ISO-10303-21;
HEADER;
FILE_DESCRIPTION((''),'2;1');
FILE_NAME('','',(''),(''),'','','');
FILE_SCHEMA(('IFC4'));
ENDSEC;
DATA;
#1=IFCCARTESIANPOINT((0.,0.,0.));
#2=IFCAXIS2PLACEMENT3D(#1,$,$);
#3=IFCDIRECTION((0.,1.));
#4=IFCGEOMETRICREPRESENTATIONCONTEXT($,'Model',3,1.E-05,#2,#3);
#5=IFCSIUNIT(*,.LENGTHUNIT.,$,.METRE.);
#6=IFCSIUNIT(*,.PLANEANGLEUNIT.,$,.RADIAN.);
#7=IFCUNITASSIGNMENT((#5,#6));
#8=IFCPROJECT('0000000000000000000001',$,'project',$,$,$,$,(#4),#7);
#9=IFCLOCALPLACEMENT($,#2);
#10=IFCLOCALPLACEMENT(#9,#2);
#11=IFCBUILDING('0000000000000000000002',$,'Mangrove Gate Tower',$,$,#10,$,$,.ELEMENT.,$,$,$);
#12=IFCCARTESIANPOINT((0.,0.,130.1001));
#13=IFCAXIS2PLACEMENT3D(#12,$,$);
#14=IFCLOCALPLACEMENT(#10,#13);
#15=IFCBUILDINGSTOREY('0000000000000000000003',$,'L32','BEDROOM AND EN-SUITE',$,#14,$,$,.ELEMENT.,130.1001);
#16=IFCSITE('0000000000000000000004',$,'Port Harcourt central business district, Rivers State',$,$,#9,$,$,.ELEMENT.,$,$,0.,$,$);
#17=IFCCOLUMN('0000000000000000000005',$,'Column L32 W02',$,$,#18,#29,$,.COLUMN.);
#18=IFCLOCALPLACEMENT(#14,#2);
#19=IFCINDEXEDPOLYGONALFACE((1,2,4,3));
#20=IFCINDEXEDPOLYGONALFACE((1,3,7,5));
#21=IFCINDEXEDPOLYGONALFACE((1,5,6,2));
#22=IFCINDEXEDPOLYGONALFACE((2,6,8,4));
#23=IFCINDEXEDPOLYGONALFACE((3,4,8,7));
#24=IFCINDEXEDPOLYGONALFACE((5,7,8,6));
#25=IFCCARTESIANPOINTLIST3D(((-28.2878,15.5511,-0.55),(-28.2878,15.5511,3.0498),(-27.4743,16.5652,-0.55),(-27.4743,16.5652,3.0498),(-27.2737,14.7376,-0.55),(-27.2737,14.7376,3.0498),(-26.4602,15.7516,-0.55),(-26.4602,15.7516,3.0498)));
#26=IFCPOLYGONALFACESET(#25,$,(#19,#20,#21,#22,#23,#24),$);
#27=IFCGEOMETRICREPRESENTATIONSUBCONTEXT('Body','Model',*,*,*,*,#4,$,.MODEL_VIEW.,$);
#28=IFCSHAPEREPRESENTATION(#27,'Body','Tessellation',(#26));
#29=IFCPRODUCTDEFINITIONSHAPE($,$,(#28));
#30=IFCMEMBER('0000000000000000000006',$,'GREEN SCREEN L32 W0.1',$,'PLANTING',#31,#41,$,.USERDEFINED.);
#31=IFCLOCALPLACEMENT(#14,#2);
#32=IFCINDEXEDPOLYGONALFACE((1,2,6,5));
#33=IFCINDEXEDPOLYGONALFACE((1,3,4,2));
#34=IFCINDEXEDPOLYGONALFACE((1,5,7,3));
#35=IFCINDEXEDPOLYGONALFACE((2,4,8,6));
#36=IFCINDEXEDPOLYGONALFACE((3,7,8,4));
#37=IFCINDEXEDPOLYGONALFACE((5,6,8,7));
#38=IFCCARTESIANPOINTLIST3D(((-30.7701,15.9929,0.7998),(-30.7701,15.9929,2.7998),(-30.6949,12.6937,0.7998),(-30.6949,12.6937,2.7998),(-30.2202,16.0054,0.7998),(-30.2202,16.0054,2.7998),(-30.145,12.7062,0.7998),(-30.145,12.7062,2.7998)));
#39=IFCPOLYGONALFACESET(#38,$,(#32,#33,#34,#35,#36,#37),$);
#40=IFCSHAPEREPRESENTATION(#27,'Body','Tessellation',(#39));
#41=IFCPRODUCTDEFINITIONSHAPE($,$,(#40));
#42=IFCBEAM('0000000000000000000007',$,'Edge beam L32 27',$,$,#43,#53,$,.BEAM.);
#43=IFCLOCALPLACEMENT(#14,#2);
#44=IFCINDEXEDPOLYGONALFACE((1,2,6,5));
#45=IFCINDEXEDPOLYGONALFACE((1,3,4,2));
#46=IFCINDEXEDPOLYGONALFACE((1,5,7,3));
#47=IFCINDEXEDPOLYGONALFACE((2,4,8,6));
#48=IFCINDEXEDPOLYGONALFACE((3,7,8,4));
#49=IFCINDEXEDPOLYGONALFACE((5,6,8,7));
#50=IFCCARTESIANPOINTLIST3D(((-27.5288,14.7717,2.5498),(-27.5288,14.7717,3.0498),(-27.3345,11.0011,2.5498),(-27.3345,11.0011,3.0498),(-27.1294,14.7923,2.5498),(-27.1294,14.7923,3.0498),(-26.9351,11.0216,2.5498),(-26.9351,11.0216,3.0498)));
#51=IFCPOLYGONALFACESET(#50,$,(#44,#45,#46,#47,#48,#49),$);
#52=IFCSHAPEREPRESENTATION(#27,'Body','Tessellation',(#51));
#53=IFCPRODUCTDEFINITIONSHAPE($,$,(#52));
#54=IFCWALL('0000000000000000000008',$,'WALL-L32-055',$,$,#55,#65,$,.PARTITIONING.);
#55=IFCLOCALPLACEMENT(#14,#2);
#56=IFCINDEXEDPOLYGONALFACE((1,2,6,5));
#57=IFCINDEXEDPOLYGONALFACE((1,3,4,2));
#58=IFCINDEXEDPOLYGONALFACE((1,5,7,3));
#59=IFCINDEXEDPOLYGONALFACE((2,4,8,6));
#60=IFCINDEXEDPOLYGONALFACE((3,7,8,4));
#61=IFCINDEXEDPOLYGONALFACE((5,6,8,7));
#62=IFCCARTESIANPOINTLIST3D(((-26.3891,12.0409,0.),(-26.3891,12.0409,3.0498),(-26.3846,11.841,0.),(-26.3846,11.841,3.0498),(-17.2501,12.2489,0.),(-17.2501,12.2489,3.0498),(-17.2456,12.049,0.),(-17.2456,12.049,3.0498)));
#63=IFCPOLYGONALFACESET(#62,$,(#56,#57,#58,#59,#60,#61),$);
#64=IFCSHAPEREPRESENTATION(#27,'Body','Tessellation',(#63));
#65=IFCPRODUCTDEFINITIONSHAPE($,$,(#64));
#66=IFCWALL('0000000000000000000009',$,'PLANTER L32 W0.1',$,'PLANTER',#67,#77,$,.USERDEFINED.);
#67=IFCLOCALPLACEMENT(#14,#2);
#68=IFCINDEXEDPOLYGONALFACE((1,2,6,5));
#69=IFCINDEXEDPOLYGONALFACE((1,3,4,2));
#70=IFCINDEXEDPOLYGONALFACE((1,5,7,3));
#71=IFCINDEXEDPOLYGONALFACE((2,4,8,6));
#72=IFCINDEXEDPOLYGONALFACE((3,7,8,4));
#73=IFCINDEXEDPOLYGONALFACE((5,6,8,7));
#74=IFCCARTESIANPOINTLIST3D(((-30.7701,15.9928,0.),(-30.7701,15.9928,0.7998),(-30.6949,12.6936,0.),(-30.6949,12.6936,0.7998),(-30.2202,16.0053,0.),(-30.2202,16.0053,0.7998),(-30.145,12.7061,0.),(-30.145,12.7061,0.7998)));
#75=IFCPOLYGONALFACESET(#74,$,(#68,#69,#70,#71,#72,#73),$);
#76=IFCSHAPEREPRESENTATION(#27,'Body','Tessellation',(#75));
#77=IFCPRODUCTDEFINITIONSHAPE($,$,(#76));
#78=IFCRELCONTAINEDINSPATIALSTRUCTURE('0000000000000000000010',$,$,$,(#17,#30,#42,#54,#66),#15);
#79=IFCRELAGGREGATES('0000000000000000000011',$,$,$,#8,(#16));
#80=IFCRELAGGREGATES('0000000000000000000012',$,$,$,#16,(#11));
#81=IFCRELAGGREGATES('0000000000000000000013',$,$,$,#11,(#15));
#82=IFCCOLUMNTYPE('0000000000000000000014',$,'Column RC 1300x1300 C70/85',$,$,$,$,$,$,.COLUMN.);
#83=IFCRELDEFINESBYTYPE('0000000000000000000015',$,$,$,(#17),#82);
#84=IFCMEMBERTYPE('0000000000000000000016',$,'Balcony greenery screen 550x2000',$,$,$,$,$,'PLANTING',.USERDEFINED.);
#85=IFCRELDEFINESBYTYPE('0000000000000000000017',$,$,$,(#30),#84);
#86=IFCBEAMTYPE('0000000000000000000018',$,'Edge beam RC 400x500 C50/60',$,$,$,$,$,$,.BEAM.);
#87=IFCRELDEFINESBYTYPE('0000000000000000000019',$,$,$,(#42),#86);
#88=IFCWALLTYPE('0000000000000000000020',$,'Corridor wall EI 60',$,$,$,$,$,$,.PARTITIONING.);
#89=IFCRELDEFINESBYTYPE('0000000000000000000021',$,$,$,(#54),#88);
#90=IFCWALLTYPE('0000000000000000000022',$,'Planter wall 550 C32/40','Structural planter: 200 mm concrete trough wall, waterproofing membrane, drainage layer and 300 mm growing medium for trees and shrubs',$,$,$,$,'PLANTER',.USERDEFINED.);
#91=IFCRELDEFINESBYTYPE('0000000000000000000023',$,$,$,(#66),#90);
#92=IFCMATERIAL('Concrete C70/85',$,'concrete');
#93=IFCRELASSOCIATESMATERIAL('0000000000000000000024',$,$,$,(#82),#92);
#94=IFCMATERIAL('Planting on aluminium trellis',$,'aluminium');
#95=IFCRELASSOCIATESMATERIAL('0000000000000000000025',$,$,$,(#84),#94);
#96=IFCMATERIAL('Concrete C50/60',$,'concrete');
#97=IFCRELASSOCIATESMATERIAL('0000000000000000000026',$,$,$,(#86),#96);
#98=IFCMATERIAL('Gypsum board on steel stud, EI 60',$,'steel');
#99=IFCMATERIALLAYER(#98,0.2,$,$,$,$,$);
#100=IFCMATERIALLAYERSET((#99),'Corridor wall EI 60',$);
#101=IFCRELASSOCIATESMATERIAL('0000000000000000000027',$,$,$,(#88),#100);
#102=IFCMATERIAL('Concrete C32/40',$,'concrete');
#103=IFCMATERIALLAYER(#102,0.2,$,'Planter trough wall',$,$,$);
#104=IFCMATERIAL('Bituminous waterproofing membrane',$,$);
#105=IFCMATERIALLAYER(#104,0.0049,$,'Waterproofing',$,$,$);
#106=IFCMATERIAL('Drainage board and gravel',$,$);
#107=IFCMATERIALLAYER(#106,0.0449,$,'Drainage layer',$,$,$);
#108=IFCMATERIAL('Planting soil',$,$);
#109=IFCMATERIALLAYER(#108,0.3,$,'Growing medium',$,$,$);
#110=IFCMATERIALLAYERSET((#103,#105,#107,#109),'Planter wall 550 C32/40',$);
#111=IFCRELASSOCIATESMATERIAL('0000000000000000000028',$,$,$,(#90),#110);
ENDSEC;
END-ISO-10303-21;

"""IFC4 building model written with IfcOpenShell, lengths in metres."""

from ifc_helpers import new_model, si_unit, direction, frame, frame_2d, origin, origin_2d, place, context, subcontext, project, spatial, rectangle, extrude, material, layer, layer_set, material_profile, profile_set, type_object, element, save


model = new_model("IFC4")

# Units and contexts
model_context = context("Model", 3, precision=1e-05, world=origin(), true_north=direction((0.0, 1.0)))
body_context = subcontext(model_context, "Body", "Model", "MODEL_VIEW")
ifc_project = project(units=[si_unit("LENGTHUNIT", "METRE"), si_unit("PLANEANGLEUNIT", "RADIAN")], contexts=[model_context])

# Site, building, storey
site_placement = place(None, origin())
site = spatial("IfcSite", under=ifc_project, at=site_placement, Name="Port Harcourt central business district, Rivers State", CompositionType="ELEMENT", RefElevation=0.0)
building_placement = place(site_placement, origin())
building = spatial("IfcBuilding", under=site, at=building_placement, Name="Mangrove Gate Tower", CompositionType="ELEMENT")
storey_placement = place(building_placement, frame((0.0, 0.0, 130.1001)))
storey = spatial("IfcBuildingStorey", under=building, at=storey_placement, Name="L32", Description="BEDROOM AND EN-SUITE", CompositionType="ELEMENT", Elevation=130.1001)

# Column
ifc_material_1 = material(Name="Concrete C70/85", Category="concrete")
ifc_material_profile_1 = material_profile(ifc_material_1, rectangle(XDim=1.3, YDim=1.3, at=origin_2d()))
ifc_profile_set_1 = profile_set([ifc_material_profile_1], Name="Concrete C70/85")
column_type = type_object("IfcColumnType", Name="Column RC 1300x1300 C70/85", PredefinedType="COLUMN", material=ifc_profile_set_1)
column_placement = place(storey_placement, frame((-27.374, 15.6514, -0.55), z_axis=(0.0, 0.0, 1.0), x_axis=(-0.625757, -0.780018, 0.0)))
element("IfcColumn", 1, at=column_placement, inside=storey, type_object=column_type, Name="Column L32 W02", PredefinedType="COLUMN", context=body_context, shape_type="SweptSolid", body=[
    extrude(rectangle(XDim=1.3, YDim=1.3, at=origin_2d()), origin(), (0.0, 0.0, 1.0), 3.5999),
])

# Member
ifc_material_2 = material(Name="Planting on aluminium trellis", Category="aluminium")
ifc_material_profile_2 = material_profile(ifc_material_2, rectangle(XDim=0.55, YDim=2.0, at=origin_2d()))
ifc_profile_set_2 = profile_set([ifc_material_profile_2], Name="Planting on aluminium trellis")
member_type = type_object("IfcMemberType", Name="Balcony greenery screen 550x2000", ElementType="PLANTING", PredefinedType="USERDEFINED", material=ifc_profile_set_2)
member_placement = place(storey_placement, frame((-30.4199, 12.7, 1.7998), z_axis=(-0.022787, 0.99974, 0.0), x_axis=(-0.99974, -0.022787, 0.0)))
element("IfcMember", 2, at=member_placement, inside=storey, type_object=member_type, Name="GREEN SCREEN L32 W0.1", ObjectType="PLANTING", PredefinedType="USERDEFINED", context=body_context, shape_type="SweptSolid", body=[
    extrude(rectangle(XDim=0.55, YDim=2.0, at=origin_2d()), origin(), (0.0, 0.0, 1.0), 3.3),
])

# Beam
ifc_material_3 = material(Name="Concrete C50/60", Category="concrete")
ifc_material_profile_3 = material_profile(ifc_material_3, rectangle(XDim=0.3999, YDim=0.5, at=origin_2d()))
ifc_profile_set_3 = profile_set([ifc_material_profile_3], Name="Concrete C50/60")
beam_type = type_object("IfcBeamType", Name="Edge beam RC 400x500 C50/60", PredefinedType="BEAM", material=ifc_profile_set_3)
beam_placement = place(storey_placement, frame((-27.3291, 14.782, 2.7998), z_axis=(0.051469, -0.998675, 0.0), x_axis=(0.998675, 0.051469, 0.0)))
element("IfcBeam", 3, at=beam_placement, inside=storey, type_object=beam_type, Name="Edge beam L32 27", PredefinedType="BEAM", context=body_context, shape_type="SweptSolid", body=[
    extrude(rectangle(XDim=0.3999, YDim=0.5, at=origin_2d()), origin(), (0.0, 0.0, 1.0), 3.7756),
])

# Wall
ifc_material_4 = material(Name="Gypsum board on steel stud, EI 60", Category="steel")
ifc_layer_1 = layer(ifc_material_4, 0.2)
ifc_layer_set_1 = layer_set([ifc_layer_1], Name="Corridor wall EI 60")
wall_type_1 = type_object("IfcWallType", Name="Corridor wall EI 60", PredefinedType="PARTITIONING", material=ifc_layer_set_1)
wall_1_placement = place(storey_placement, frame((-26.387, 11.9409, 0.0), z_axis=(0.0, 0.0, 1.0), x_axis=(0.999741, 0.022755, 0.0)))
element("IfcWall", 4, at=wall_1_placement, inside=storey, type_object=wall_type_1, Name="WALL-L32-055", PredefinedType="PARTITIONING", context=body_context, shape_type="SweptSolid", body=[
    extrude(rectangle(XDim=9.1414, YDim=0.2, at=frame_2d((4.5708, 0.0))), origin(), (0.0, 0.0, 1.0), 3.0498),
])

# Wall
ifc_material_5 = material(Name="Concrete C32/40", Category="concrete")
ifc_layer_2 = layer(ifc_material_5, 0.2, Name="Planter trough wall")
ifc_material_6 = material(Name="Bituminous waterproofing membrane")
ifc_layer_3 = layer(ifc_material_6, 0.0049, Name="Waterproofing")
ifc_material_7 = material(Name="Drainage board and gravel")
ifc_layer_4 = layer(ifc_material_7, 0.0449, Name="Drainage layer")
ifc_material_8 = material(Name="Planting soil")
ifc_layer_5 = layer(ifc_material_8, 0.3, Name="Growing medium")
ifc_layer_set_2 = layer_set([ifc_layer_2, ifc_layer_3, ifc_layer_4, ifc_layer_5], Name="Planter wall 550 C32/40")
wall_type_2 = type_object("IfcWallType", Name="Planter wall 550 C32/40", Description="Structural planter: 200 mm concrete trough wall, waterproofing membrane, drainage layer and 300 mm growing medium for trees and shrubs", ElementType="PLANTER", PredefinedType="USERDEFINED", material=ifc_layer_set_2)
wall_2_placement = place(storey_placement, frame((-30.4199, 12.7, 0.0), z_axis=(0.0, 0.0, 1.0), x_axis=(-0.022787, 0.99974, 0.0)))
element("IfcWall", 5, at=wall_2_placement, inside=storey, type_object=wall_type_2, Name="PLANTER L32 W0.1", ObjectType="PLANTER", PredefinedType="USERDEFINED", context=body_context, shape_type="SweptSolid", body=[
    extrude(rectangle(XDim=3.3, YDim=0.55, at=frame_2d((1.6499, 0.0))), origin(), (0.0, 0.0, 1.0), 0.7998),
])

save(model, "model.ifc")
